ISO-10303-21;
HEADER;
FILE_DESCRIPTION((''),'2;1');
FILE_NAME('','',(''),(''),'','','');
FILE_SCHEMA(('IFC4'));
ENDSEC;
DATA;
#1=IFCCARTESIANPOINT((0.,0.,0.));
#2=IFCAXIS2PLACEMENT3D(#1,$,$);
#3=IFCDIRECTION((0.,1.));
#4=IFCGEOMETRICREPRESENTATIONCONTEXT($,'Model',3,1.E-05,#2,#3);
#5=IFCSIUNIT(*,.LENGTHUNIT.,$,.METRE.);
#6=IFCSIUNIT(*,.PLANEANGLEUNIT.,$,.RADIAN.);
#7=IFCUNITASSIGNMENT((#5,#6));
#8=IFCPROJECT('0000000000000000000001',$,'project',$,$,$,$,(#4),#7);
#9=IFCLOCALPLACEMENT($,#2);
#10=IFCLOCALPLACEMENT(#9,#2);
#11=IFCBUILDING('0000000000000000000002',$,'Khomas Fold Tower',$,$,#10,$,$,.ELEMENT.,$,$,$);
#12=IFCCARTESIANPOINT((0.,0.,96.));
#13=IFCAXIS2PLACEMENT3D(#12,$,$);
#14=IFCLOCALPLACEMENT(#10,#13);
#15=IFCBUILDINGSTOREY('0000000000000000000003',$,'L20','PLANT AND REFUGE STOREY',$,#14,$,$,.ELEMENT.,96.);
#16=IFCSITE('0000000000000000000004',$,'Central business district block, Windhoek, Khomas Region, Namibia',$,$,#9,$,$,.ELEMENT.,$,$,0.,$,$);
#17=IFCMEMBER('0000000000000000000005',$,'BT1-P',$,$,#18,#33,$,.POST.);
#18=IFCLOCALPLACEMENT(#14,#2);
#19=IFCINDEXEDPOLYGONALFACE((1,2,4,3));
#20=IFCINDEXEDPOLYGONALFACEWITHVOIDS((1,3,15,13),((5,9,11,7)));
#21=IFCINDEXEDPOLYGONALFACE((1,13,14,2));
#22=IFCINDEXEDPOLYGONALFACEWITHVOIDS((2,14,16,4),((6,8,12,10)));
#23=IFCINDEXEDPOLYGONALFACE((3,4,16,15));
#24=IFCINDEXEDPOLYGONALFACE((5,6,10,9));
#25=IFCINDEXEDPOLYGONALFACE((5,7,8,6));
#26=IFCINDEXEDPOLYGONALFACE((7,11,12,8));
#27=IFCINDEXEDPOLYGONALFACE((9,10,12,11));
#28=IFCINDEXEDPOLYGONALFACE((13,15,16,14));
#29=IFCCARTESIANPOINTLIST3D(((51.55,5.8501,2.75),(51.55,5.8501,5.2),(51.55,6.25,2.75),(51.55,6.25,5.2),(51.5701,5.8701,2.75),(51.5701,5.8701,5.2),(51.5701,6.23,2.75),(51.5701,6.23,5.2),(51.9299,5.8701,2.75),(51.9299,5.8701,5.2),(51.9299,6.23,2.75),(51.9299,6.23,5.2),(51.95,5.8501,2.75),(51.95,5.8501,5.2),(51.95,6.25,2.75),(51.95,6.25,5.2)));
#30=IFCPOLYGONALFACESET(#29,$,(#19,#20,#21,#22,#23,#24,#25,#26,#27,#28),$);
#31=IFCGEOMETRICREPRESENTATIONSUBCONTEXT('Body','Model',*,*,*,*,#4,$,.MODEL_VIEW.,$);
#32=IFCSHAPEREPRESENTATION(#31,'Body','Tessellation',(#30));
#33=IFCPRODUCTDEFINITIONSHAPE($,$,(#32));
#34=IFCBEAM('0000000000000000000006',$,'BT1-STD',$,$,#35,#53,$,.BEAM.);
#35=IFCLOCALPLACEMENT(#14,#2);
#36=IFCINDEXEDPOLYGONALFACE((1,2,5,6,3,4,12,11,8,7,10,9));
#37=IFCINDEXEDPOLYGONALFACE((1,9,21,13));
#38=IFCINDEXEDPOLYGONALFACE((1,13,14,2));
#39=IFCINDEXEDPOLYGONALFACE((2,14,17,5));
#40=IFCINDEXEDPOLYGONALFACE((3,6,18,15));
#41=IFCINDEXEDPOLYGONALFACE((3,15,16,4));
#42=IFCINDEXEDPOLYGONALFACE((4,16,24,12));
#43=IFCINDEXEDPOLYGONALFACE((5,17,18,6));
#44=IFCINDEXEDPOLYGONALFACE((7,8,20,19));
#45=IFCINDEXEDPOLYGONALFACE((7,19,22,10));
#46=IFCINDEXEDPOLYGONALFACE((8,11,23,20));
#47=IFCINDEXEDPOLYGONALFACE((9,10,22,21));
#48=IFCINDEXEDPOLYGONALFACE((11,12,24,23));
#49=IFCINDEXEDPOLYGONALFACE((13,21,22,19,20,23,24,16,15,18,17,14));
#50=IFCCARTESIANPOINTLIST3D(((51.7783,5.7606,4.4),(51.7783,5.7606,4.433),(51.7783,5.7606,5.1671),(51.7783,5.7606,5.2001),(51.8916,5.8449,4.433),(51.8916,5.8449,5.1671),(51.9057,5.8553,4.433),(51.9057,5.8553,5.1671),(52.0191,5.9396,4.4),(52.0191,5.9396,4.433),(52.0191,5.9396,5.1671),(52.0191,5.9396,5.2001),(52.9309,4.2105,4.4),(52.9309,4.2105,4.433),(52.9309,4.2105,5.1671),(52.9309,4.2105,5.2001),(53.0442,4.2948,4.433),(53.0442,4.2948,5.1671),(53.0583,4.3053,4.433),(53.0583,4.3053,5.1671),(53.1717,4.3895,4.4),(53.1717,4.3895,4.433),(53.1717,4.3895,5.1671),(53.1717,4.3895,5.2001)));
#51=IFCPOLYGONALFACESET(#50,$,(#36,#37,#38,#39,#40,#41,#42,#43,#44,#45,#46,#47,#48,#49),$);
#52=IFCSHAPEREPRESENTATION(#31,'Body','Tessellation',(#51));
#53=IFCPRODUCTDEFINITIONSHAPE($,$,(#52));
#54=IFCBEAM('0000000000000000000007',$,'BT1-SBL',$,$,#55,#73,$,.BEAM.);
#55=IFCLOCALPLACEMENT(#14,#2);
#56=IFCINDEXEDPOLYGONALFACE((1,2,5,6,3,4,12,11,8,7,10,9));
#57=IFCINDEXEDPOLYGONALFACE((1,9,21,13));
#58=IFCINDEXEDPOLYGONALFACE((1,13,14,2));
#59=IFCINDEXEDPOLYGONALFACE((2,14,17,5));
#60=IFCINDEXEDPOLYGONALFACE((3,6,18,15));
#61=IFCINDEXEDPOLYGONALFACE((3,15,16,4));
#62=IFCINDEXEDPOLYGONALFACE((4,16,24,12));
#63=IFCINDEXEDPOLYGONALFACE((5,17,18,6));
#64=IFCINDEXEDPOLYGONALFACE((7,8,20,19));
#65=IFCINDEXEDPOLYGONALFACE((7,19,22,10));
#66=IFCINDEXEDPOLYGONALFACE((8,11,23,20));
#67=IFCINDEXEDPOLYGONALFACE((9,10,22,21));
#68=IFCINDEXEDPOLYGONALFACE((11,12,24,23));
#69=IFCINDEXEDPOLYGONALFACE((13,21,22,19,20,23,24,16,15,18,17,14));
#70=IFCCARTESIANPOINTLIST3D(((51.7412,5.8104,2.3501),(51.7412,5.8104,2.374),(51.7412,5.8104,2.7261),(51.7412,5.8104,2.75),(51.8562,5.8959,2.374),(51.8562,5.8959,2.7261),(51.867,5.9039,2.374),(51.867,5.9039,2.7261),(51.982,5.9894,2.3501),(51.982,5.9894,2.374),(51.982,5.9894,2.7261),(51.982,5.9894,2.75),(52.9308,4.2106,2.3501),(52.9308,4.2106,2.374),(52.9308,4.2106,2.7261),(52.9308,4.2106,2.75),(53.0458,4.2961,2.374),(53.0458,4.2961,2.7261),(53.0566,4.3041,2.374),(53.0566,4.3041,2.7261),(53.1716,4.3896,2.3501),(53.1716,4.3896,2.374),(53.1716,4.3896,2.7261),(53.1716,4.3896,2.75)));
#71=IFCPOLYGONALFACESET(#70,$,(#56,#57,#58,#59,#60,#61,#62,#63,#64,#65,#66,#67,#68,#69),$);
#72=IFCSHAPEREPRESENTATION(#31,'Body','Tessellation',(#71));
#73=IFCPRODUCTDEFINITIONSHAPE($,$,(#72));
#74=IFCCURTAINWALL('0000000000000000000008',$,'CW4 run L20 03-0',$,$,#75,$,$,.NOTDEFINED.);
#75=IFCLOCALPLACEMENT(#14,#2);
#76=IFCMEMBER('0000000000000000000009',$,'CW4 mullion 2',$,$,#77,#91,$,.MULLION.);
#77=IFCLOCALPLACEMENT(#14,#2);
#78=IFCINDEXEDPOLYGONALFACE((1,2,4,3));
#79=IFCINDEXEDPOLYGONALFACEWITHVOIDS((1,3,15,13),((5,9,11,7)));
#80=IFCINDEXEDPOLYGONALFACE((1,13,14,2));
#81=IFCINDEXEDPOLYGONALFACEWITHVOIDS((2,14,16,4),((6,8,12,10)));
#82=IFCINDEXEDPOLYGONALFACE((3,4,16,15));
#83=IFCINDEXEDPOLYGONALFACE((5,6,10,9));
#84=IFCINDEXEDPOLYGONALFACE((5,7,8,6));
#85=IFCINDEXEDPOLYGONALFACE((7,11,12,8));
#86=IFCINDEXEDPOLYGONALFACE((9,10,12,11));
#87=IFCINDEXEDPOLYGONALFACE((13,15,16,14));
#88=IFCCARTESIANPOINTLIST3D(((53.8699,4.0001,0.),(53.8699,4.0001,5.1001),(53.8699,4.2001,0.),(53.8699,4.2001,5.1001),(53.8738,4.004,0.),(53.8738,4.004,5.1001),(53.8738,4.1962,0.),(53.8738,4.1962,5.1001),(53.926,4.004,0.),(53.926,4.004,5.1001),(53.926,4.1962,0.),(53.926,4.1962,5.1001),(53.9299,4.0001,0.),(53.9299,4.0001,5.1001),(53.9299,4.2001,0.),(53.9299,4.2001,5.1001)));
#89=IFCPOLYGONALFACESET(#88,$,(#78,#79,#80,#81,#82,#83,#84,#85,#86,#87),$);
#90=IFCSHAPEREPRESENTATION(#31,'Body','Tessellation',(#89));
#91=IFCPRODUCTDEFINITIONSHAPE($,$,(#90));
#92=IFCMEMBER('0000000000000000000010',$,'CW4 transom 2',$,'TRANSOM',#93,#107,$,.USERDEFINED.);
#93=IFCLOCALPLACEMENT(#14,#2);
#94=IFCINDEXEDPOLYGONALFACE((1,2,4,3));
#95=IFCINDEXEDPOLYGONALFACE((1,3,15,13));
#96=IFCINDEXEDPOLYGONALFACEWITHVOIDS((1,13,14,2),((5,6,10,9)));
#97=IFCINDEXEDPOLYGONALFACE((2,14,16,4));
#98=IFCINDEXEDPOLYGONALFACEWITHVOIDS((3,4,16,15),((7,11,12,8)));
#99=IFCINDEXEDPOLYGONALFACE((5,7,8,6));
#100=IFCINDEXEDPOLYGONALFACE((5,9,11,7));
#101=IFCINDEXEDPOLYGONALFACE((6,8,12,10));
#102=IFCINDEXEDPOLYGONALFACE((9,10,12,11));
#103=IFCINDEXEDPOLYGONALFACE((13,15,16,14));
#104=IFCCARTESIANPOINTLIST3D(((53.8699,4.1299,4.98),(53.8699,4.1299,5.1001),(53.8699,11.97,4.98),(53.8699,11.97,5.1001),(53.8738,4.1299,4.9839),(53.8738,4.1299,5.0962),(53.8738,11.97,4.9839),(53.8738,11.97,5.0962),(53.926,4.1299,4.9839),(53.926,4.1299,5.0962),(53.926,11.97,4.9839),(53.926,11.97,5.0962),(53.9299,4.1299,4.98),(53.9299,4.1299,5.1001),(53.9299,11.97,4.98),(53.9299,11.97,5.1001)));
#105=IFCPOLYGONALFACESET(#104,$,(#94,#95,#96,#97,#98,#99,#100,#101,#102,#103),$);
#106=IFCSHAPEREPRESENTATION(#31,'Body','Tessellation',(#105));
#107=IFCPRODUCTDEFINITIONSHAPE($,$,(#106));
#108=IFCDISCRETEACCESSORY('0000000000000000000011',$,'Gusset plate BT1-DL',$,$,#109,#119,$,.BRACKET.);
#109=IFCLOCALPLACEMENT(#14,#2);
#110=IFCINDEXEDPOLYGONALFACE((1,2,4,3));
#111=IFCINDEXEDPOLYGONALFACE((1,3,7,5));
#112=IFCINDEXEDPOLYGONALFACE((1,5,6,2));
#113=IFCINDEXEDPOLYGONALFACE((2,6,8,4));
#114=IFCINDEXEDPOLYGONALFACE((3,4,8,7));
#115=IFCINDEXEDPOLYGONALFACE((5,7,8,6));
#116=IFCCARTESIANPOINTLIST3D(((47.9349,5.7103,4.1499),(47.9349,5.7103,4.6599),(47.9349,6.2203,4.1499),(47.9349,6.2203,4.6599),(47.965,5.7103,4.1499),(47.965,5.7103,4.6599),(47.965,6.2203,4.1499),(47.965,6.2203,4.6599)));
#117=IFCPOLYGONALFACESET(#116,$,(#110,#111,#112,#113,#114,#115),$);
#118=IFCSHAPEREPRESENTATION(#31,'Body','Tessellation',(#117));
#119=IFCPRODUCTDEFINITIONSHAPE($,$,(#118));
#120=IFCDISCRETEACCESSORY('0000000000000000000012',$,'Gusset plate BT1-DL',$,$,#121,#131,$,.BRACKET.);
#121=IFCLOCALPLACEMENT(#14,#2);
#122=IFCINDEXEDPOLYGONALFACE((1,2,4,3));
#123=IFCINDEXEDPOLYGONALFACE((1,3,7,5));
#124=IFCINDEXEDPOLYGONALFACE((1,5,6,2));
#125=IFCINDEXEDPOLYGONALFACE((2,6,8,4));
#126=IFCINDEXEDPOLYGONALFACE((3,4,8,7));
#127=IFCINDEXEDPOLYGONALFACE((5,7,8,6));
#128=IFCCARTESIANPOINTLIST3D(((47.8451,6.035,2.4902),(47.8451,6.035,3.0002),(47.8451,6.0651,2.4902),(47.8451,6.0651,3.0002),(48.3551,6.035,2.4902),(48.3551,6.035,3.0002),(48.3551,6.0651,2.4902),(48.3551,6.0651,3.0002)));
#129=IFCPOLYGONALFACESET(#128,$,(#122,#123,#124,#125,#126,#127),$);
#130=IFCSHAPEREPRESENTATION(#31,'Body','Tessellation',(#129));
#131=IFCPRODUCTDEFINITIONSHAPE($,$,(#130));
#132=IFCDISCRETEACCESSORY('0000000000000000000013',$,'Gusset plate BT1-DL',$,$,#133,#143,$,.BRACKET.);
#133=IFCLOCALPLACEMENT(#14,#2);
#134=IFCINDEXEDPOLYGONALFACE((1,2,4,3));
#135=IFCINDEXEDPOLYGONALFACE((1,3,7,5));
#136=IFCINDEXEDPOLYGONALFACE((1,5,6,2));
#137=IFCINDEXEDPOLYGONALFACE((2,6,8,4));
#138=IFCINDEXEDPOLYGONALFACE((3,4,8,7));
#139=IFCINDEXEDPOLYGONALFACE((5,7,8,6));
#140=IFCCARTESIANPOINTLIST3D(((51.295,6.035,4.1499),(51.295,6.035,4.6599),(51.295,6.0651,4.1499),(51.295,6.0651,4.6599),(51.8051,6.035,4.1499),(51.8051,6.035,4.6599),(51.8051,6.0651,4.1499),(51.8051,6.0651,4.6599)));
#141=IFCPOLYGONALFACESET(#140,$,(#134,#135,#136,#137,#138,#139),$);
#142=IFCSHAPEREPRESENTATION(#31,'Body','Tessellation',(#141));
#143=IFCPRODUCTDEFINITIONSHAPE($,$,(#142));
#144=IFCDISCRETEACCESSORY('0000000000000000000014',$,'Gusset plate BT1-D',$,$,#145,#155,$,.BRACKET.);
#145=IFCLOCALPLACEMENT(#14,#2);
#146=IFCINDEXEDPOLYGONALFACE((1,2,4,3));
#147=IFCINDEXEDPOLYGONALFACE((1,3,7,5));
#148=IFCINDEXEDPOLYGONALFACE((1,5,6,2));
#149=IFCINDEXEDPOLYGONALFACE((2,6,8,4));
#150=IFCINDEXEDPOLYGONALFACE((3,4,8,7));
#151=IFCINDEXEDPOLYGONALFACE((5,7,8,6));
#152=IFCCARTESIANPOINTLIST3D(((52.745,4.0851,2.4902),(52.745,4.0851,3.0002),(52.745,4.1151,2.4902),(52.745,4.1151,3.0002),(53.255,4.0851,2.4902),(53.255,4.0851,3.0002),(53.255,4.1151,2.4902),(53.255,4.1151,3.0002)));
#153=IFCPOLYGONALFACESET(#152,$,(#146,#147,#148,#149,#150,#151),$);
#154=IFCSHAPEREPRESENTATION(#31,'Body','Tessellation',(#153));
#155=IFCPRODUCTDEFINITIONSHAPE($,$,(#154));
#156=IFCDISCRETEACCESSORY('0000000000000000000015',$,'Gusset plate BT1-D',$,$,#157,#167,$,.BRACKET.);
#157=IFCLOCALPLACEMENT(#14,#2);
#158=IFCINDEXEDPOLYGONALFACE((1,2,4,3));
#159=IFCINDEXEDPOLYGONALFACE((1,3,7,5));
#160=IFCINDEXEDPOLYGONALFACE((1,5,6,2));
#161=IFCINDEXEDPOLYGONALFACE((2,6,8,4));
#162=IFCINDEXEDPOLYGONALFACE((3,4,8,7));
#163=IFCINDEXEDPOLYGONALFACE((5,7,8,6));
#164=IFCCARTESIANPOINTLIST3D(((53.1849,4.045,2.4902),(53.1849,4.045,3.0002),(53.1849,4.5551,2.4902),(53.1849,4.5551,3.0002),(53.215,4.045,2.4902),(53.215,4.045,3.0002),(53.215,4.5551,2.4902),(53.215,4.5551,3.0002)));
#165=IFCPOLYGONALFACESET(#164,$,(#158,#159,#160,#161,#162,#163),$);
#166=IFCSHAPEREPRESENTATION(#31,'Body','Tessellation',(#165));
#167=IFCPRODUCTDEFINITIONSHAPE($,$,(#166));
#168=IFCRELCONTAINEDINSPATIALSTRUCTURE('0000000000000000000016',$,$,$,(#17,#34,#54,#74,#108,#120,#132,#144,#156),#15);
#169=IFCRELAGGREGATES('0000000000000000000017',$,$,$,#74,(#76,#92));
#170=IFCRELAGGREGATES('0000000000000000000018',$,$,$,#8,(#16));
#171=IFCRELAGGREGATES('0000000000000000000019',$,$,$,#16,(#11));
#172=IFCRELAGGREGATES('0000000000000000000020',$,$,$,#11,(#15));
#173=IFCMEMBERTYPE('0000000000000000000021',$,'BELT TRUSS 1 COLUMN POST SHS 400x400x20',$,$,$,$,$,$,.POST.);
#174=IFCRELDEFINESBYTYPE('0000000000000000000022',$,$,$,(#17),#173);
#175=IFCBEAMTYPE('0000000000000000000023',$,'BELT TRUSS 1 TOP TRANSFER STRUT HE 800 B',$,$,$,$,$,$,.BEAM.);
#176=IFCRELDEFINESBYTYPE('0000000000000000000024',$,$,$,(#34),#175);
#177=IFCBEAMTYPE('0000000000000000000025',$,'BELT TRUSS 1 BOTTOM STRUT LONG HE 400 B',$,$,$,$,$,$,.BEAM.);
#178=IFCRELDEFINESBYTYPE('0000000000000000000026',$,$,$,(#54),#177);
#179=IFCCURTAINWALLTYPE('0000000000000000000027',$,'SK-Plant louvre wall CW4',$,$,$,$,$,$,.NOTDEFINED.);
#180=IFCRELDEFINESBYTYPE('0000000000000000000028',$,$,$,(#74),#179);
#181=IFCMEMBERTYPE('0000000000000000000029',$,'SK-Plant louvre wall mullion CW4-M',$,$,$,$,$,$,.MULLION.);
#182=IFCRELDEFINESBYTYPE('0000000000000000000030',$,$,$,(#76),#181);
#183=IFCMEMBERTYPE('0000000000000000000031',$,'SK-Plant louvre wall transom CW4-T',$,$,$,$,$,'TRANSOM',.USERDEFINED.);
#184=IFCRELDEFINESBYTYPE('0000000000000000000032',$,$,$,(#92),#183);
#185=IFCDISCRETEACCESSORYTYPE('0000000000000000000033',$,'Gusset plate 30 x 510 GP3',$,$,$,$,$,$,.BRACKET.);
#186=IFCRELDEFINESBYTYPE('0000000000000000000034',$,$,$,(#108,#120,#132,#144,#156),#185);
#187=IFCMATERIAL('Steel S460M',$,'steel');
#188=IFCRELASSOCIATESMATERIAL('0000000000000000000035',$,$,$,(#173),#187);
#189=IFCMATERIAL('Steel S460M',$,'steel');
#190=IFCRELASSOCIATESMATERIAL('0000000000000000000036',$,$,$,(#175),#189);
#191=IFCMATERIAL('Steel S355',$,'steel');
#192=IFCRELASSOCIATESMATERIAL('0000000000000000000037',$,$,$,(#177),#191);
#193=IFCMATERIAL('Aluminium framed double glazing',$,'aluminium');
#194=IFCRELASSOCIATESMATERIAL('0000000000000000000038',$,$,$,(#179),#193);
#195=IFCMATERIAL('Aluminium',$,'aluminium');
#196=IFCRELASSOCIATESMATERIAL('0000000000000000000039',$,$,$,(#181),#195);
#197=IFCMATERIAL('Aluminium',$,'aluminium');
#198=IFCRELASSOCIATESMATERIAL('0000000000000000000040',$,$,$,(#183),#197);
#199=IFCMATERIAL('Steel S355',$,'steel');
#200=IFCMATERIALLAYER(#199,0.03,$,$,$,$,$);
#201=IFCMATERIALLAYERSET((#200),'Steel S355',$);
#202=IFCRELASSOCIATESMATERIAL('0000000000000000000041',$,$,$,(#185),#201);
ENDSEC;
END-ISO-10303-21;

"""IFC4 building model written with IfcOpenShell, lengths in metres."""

from ifc_helpers import new_model, si_unit, direction, frame, origin, origin_2d, place, context, subcontext, project, spatial, rectangle, hollow_rectangle, i_section, extrude, source, transform, mapped, material, layer, layer_set, material_profile, profile_set, type_object, element, aggregate, save


model = new_model("IFC4")

# Units and contexts
model_context = context("Model", 3, precision=1e-05, world=origin(), true_north=direction((0.0, 1.0)))
body_context = subcontext(model_context, "Body", "Model", "MODEL_VIEW")
ifc_project = project(units=[si_unit("LENGTHUNIT", "METRE"), si_unit("PLANEANGLEUNIT", "RADIAN")], contexts=[model_context])

# Site, building, storey
site_placement = place(None, origin())
site = spatial("IfcSite", under=ifc_project, at=site_placement, Name="Central business district block, Windhoek, Khomas Region, Namibia", CompositionType="ELEMENT", RefElevation=0.0)
building_placement = place(site_placement, origin())
building = spatial("IfcBuilding", under=site, at=building_placement, Name="Khomas Fold Tower", CompositionType="ELEMENT")
storey_placement = place(building_placement, frame((0.0, 0.0, 96.0)))
storey = spatial("IfcBuildingStorey", under=building, at=storey_placement, Name="L20", Description="PLANT AND REFUGE STOREY", CompositionType="ELEMENT", Elevation=96.0)

# Member
ifc_material_1 = material(Name="Steel S460M", Category="steel")
ifc_material_profile_1 = material_profile(ifc_material_1, hollow_rectangle(XDim=0.3999, YDim=0.3999, WallThickness=0.02, at=origin_2d()), Name="SHS 400x400x20")
ifc_profile_set_1 = profile_set([ifc_material_profile_1], Name="Steel S460M")
member_type_1 = type_object("IfcMemberType", Name="BELT TRUSS 1 COLUMN POST SHS 400x400x20", PredefinedType="POST", material=ifc_profile_set_1)
shared_shape_1 = source(origin(), body_context, "Body", "SweptSolid", [
    extrude(hollow_rectangle(XDim=0.3999, YDim=0.3999, WallThickness=0.02, at=origin_2d()), origin(), (0.0, 0.0, 1.0), 2.45),
])
member_1_placement = place(storey_placement, frame((51.75, 6.05, 2.75), z_axis=(0.0, 0.0, 1.0), x_axis=(1.0, 0.0, 0.0)))
element("IfcMember", 1, at=member_1_placement, inside=storey, type_object=member_type_1, Name="BT1-P", PredefinedType="POST", context=body_context, shape_type="MappedRepresentation", body=[
    mapped(shared_shape_1, transform((0.0, 0.0, 0.0))),
])

# Beams
ifc_material_2 = material(Name="Steel S460M", Category="steel")
ifc_material_profile_2 = material_profile(ifc_material_2, i_section(OverallWidth=0.3, OverallDepth=0.8, WebThickness=0.0176, FlangeThickness=0.033, at=origin_2d()), Name="HE 800 B")
ifc_profile_set_2 = profile_set([ifc_material_profile_2], Name="Steel S460M")
beam_type_1 = type_object("IfcBeamType", Name="BELT TRUSS 1 TOP TRANSFER STRUT HE 800 B", PredefinedType="BEAM", material=ifc_profile_set_2)
shared_shape_2 = source(origin(), body_context, "Body", "SweptSolid", [
    extrude(i_section(OverallWidth=0.3, OverallDepth=0.8, WebThickness=0.0176, FlangeThickness=0.033, at=origin_2d()), origin(), (0.0, 0.0, 1.0), 1.9316),
])
beam_1_placement = place(storey_placement, frame((51.8987, 5.8501, 4.8), z_axis=(0.596699, -0.802465, 0.0), x_axis=(0.802465, 0.596699, 0.0)))
element("IfcBeam", 2, at=beam_1_placement, inside=storey, type_object=beam_type_1, Name="BT1-STD", PredefinedType="BEAM", context=body_context, shape_type="MappedRepresentation", body=[
    mapped(shared_shape_2, transform((0.0, 0.0, 0.0))),
])
ifc_material_3 = material(Name="Steel S355", Category="steel")
ifc_material_profile_3 = material_profile(ifc_material_3, i_section(OverallWidth=0.3, OverallDepth=0.3999, WebThickness=0.0134, FlangeThickness=0.0239, at=origin_2d()), Name="HE 400 B")
ifc_profile_set_3 = profile_set([ifc_material_profile_3], Name="Steel S355")
beam_type_2 = type_object("IfcBeamType", Name="BELT TRUSS 1 BOTTOM STRUT LONG HE 400 B", PredefinedType="BEAM", material=ifc_profile_set_3)
shared_shape_3 = source(origin(), body_context, "Body", "SweptSolid", [
    extrude(i_section(OverallWidth=0.3, OverallDepth=0.3999, WebThickness=0.0134, FlangeThickness=0.0239, at=origin_2d()), origin(), (0.0, 0.0, 1.0), 1.9937),
])
beam_2_placement = place(storey_placement, frame((51.8616, 5.8999, 2.55), z_axis=(0.596723, -0.802447, 0.0), x_axis=(0.802447, 0.596723, 0.0)))
element("IfcBeam", 3, at=beam_2_placement, inside=storey, type_object=beam_type_2, Name="BT1-SBL", PredefinedType="BEAM", context=body_context, shape_type="MappedRepresentation", body=[
    mapped(shared_shape_3, transform((0.0, 0.0, 0.0))),
])

# Curtain wall, members
ifc_material_4 = material(Name="Aluminium framed double glazing", Category="aluminium")
curtain_wall_type = type_object("IfcCurtainWallType", Name="SK-Plant louvre wall CW4", PredefinedType="NOTDEFINED", material=ifc_material_4)
curtain_wall_placement = place(storey_placement, origin())
curtain_wall = element("IfcCurtainWall", 4, at=curtain_wall_placement, inside=storey, type_object=curtain_wall_type, Name="CW4 run L20 03-0", PredefinedType="NOTDEFINED")
ifc_material_5 = material(Name="Aluminium", Category="aluminium")
ifc_material_profile_4 = material_profile(ifc_material_5, hollow_rectangle(XDim=0.0601, YDim=0.2, WallThickness=0.0039, at=origin_2d()), Name="SK-Plant louvre wall mullion CW4-M")
ifc_profile_set_4 = profile_set([ifc_material_profile_4], Name="Aluminium")
member_type_2 = type_object("IfcMemberType", Name="SK-Plant louvre wall mullion CW4-M", PredefinedType="MULLION", material=ifc_profile_set_4)
shared_shape_4 = source(origin(), body_context, "Body", "SweptSolid", [
    extrude(hollow_rectangle(XDim=0.0601, YDim=0.2, WallThickness=0.0039, at=origin_2d()), origin(), (0.0, 0.0, 1.0), 5.1001),
])
member_2_placement = place(storey_placement, frame((53.8999, 4.1001, 0.0), z_axis=(0.0, 0.0, 1.0), x_axis=(-1.0, 0.0, 0.0)))
member_2 = element("IfcMember", 5, at=member_2_placement, type_object=member_type_2, Name="CW4 mullion 2", PredefinedType="MULLION", context=body_context, shape_type="MappedRepresentation", body=[
    mapped(shared_shape_4, transform((0.0, 0.0, 0.0))),
])
ifc_material_6 = material(Name="Aluminium", Category="aluminium")
ifc_material_profile_5 = material_profile(ifc_material_6, hollow_rectangle(XDim=0.0601, YDim=0.1201, WallThickness=0.0039, at=origin_2d()), Name="SK-Plant louvre wall transom CW4-T")
ifc_profile_set_5 = profile_set([ifc_material_profile_5], Name="Aluminium")
member_type_3 = type_object("IfcMemberType", Name="SK-Plant louvre wall transom CW4-T", ElementType="TRANSOM", PredefinedType="USERDEFINED", material=ifc_profile_set_5)
shared_shape_5 = source(origin(), body_context, "Body", "SweptSolid", [
    extrude(hollow_rectangle(XDim=0.0601, YDim=0.1201, WallThickness=0.0039, at=origin_2d()), origin(), (0.0, 0.0, 1.0), 7.8401),
])
member_3_placement = place(storey_placement, frame((53.8999, 4.1299, 5.04), z_axis=(0.0, 1.0, 0.0), x_axis=(-1.0, 0.0, 0.0)))
member_3 = element("IfcMember", 6, at=member_3_placement, type_object=member_type_3, Name="CW4 transom 2", ObjectType="TRANSOM", PredefinedType="USERDEFINED", context=body_context, shape_type="MappedRepresentation", body=[
    mapped(shared_shape_5, transform((0.0, 0.0, 0.0))),
])
aggregate(curtain_wall, [member_2, member_3])

# Discrete accessories
ifc_material_7 = material(Name="Steel S355", Category="steel")
ifc_layer = layer(ifc_material_7, 0.03)
ifc_layer_set = layer_set([ifc_layer], Name="Steel S355")
discrete_accessory_type = type_object("IfcDiscreteAccessoryType", Name="Gusset plate 30 x 510 GP3", PredefinedType="BRACKET", material=ifc_layer_set)
shared_shape_6 = source(origin(), body_context, "Body", "SweptSolid", [
    extrude(rectangle(XDim=0.51, YDim=0.03, at=origin_2d()), origin(), (0.0, 0.0, 1.0), 0.51),
])
for number, where, z_axis, x_axis, name in (
    (7, (47.95, 5.9653, 4.1499), (0.0, 0.0, 1.0), (0.0, 1.0, 0.0), "Gusset plate BT1-DL"),
    (8, (48.1001, 6.05, 2.4902), (0.0, 0.0, 1.0), (1.0, 0.0, 0.0), "Gusset plate BT1-DL"),
    (9, (51.55, 6.05, 4.1499), (0.0, 0.0, 1.0), (1.0, 0.0, 0.0), "Gusset plate BT1-DL"),
    (10, (53.0, 4.1001, 2.4902), (0.0, 0.0, 1.0), (1.0, 0.0, 0.0), "Gusset plate BT1-D"),
    (11, (53.2, 4.3, 2.4902), (0.0, 0.0, 1.0), (0.0, 1.0, 0.0), "Gusset plate BT1-D"),
):
    element("IfcDiscreteAccessory", number, at=place(storey_placement, frame(where, z_axis=z_axis, x_axis=x_axis)), inside=storey, type_object=discrete_accessory_type, Name=name, PredefinedType="BRACKET", context=body_context, shape_type="MappedRepresentation", body=[
        mapped(shared_shape_6, transform((0.0, 0.0, 0.0))),
    ])

save(model, "model.ifc")
